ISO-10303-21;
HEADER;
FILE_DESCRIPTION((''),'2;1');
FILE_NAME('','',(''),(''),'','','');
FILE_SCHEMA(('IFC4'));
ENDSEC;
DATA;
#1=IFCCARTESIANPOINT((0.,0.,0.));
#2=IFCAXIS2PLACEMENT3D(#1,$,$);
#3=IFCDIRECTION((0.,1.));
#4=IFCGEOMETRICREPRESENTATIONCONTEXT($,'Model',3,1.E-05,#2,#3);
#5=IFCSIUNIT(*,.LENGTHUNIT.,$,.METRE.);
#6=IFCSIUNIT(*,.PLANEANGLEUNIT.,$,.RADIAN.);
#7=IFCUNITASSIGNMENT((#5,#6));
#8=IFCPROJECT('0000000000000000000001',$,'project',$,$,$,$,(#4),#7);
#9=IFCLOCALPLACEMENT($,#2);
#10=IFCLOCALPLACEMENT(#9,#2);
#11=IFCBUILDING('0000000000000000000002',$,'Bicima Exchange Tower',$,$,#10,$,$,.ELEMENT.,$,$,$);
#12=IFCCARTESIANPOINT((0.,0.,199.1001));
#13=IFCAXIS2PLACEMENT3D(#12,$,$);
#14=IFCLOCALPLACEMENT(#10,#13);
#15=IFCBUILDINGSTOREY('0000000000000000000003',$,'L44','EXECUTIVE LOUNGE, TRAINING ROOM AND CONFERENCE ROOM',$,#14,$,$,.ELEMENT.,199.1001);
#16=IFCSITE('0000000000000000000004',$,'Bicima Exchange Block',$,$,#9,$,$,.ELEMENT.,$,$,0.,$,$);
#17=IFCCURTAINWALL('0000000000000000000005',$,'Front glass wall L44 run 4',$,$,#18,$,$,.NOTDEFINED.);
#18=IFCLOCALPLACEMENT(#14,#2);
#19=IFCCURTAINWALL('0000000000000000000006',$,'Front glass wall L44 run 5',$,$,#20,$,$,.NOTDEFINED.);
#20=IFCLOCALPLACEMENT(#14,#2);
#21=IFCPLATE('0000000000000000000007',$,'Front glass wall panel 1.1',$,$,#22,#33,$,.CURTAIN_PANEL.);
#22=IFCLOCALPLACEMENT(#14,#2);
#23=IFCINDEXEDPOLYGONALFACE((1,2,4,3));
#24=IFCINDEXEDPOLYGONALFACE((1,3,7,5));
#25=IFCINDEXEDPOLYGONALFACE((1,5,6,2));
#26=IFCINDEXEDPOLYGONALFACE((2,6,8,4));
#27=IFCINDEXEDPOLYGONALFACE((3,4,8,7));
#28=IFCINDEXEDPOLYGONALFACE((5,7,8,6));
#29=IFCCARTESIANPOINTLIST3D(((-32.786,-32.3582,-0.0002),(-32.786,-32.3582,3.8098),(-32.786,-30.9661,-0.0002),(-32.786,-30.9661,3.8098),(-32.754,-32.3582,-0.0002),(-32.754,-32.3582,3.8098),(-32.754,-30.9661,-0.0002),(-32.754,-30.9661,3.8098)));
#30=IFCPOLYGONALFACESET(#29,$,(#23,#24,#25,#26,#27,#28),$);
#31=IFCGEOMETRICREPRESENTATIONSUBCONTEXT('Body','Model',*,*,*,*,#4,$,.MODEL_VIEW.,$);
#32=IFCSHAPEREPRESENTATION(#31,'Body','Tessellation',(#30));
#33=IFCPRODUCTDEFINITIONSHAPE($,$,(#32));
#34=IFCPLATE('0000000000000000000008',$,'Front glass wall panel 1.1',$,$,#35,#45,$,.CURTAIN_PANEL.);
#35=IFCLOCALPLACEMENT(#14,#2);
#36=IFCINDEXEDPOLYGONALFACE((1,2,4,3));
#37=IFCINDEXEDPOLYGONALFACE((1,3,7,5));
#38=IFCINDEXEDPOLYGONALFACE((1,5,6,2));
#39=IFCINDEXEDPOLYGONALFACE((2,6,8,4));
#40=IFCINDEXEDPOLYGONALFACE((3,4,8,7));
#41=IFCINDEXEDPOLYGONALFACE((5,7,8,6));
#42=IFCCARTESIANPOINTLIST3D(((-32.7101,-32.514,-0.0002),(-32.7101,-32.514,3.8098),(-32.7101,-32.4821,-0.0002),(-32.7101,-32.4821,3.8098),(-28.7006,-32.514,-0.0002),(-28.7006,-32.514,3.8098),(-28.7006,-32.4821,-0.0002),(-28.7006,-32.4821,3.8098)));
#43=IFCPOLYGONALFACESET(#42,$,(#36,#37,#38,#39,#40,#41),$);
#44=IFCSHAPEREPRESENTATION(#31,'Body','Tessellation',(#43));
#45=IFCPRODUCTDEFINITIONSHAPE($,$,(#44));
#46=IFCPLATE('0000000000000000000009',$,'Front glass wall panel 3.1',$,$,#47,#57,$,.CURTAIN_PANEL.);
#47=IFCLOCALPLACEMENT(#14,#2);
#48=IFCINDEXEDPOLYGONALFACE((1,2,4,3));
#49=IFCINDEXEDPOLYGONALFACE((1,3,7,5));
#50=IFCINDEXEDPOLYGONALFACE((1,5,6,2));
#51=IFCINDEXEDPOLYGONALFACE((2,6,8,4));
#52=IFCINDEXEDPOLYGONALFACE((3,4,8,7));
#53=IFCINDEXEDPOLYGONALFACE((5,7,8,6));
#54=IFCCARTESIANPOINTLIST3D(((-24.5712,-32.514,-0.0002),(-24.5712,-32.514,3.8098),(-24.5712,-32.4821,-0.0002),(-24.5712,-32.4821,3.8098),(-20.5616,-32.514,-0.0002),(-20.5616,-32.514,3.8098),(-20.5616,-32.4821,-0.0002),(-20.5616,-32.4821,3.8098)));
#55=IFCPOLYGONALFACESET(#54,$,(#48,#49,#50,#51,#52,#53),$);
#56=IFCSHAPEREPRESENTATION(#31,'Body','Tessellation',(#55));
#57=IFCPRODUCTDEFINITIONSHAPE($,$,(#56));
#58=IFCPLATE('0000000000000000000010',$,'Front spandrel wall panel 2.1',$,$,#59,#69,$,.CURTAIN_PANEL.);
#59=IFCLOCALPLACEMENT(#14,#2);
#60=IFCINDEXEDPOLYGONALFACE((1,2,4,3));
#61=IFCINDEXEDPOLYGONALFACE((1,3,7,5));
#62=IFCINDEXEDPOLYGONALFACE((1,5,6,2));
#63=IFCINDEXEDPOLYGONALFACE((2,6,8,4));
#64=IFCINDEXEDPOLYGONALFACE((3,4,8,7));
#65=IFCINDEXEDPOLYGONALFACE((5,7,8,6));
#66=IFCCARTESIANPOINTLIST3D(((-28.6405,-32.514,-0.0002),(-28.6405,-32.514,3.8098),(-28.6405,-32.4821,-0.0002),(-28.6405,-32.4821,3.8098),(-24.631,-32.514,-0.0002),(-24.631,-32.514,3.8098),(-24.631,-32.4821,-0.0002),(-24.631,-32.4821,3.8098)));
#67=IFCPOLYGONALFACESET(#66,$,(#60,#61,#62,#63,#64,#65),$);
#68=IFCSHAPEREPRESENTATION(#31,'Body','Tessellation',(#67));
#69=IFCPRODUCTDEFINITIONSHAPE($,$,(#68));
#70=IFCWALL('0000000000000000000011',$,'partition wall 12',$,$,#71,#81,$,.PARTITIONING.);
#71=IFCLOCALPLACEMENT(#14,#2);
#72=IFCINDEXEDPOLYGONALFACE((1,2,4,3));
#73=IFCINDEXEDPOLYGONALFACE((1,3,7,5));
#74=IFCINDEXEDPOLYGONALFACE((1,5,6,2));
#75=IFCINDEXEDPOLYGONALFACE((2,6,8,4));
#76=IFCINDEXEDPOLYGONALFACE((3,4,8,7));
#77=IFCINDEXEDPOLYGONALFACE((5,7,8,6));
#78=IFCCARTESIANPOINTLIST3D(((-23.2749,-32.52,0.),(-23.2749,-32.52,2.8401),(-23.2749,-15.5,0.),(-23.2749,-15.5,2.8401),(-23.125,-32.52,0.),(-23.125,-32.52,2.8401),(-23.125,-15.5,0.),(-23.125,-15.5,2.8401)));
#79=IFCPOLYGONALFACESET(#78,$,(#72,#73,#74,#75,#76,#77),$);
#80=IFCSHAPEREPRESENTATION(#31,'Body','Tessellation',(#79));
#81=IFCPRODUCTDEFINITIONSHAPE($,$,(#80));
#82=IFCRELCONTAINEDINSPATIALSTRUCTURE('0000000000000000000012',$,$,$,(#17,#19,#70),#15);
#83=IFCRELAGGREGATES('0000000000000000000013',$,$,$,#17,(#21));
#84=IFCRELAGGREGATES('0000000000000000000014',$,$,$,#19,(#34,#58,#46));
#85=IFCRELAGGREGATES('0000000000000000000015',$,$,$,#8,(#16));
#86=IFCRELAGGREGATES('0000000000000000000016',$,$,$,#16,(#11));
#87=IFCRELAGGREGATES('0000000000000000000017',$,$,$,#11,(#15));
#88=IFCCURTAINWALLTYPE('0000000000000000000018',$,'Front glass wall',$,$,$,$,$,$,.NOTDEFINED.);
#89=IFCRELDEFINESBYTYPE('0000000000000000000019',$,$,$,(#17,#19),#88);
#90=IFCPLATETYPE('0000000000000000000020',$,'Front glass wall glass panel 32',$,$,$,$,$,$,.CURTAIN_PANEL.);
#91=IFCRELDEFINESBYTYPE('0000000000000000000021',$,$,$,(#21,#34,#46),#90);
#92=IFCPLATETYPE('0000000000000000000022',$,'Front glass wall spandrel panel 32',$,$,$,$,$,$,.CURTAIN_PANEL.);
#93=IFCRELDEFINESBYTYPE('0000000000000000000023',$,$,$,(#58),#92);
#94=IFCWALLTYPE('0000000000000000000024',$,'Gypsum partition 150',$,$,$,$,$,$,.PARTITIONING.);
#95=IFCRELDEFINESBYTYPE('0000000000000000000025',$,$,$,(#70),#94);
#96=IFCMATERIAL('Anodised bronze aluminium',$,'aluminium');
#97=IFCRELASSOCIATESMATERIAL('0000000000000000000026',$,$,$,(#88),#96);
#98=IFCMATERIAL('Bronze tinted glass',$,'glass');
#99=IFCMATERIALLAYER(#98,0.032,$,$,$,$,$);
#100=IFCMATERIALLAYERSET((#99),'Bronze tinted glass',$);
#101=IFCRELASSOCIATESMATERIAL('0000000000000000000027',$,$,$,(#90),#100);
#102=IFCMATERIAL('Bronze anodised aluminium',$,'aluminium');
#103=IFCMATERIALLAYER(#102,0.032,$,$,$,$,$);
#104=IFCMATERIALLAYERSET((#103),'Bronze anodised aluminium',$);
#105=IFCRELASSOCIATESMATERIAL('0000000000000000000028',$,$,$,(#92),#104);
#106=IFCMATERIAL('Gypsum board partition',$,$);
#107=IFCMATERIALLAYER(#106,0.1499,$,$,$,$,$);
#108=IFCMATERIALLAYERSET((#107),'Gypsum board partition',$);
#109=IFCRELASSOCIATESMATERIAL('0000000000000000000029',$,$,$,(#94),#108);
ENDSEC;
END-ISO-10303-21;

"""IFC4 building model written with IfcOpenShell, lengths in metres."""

from ifc_helpers import new_model, si_unit, direction, frame, frame_2d, origin, origin_2d, place, context, subcontext, project, spatial, rectangle, extrude, material, layer, layer_set, type_object, element, aggregate, save


model = new_model("IFC4")

# Units and contexts
model_context = context("Model", 3, precision=1e-05, world=origin(), true_north=direction((0.0, 1.0)))
body_context = subcontext(model_context, "Body", "Model", "MODEL_VIEW")
ifc_project = project(units=[si_unit("LENGTHUNIT", "METRE"), si_unit("PLANEANGLEUNIT", "RADIAN")], contexts=[model_context])

# Site, building, storey
site_placement = place(None, origin())
site = spatial("IfcSite", under=ifc_project, at=site_placement, Name="Bicima Exchange Block", CompositionType="ELEMENT", RefElevation=0.0)
building_placement = place(site_placement, origin())
building = spatial("IfcBuilding", under=site, at=building_placement, Name="Bicima Exchange Tower", CompositionType="ELEMENT")
storey_placement = place(building_placement, frame((0.0, 0.0, 199.1001)))
storey = spatial("IfcBuildingStorey", under=building, at=storey_placement, Name="L44", Description="EXECUTIVE LOUNGE, TRAINING ROOM AND CONFERENCE ROOM", CompositionType="ELEMENT", Elevation=199.1001)

# Curtain walls
ifc_material_1 = material(Name="Anodised bronze aluminium", Category="aluminium")
curtain_wall_type = type_object("IfcCurtainWallType", Name="Front glass wall", PredefinedType="NOTDEFINED", material=ifc_material_1)
curtain_wall_1_placement = place(storey_placement, origin())
curtain_wall_1 = element("IfcCurtainWall", 1, at=curtain_wall_1_placement, inside=storey, type_object=curtain_wall_type, Name="Front glass wall L44 run 4", PredefinedType="NOTDEFINED")
curtain_wall_2_placement = place(storey_placement, origin())
curtain_wall_2 = element("IfcCurtainWall", 2, at=curtain_wall_2_placement, inside=storey, type_object=curtain_wall_type, Name="Front glass wall L44 run 5", PredefinedType="NOTDEFINED")

# Plates
ifc_material_2 = material(Name="Bronze tinted glass", Category="glass")
ifc_layer_1 = layer(ifc_material_2, 0.032)
ifc_layer_set_1 = layer_set([ifc_layer_1], Name="Bronze tinted glass")
plate_type_1 = type_object("IfcPlateType", Name="Front glass wall glass panel 32", PredefinedType="CURTAIN_PANEL", material=ifc_layer_set_1)
plate_1_placement = place(storey_placement, frame((-32.77, -31.6621, -0.0002), z_axis=(0.0, 0.0, 1.0), x_axis=(0.0, -1.0, 0.0)))
plate_1 = element("IfcPlate", 3, at=plate_1_placement, type_object=plate_type_1, Name="Front glass wall panel 1.1", PredefinedType="CURTAIN_PANEL", context=body_context, shape_type="SweptSolid", body=[
    extrude(rectangle(XDim=1.3921, YDim=0.032, at=origin_2d()), origin(), (0.0, 0.0, 1.0), 3.8101),
])
aggregate(curtain_wall_1, [plate_1])
plate_2_placement = place(storey_placement, frame((-30.7053, -32.498, -0.0002), z_axis=(0.0, 0.0, 1.0), x_axis=(1.0, 0.0, 0.0)))
plate_2 = element("IfcPlate", 4, at=plate_2_placement, type_object=plate_type_1, Name="Front glass wall panel 1.1", PredefinedType="CURTAIN_PANEL", context=body_context, shape_type="SweptSolid", body=[
    extrude(rectangle(XDim=4.0095, YDim=0.032, at=origin_2d()), origin(), (0.0, 0.0, 1.0), 3.8101),
])
plate_3_placement = place(storey_placement, frame((-22.5664, -32.498, -0.0002), z_axis=(0.0, 0.0, 1.0), x_axis=(1.0, 0.0, 0.0)))
plate_3 = element("IfcPlate", 5, at=plate_3_placement, type_object=plate_type_1, Name="Front glass wall panel 3.1", PredefinedType="CURTAIN_PANEL", context=body_context, shape_type="SweptSolid", body=[
    extrude(rectangle(XDim=4.0095, YDim=0.032, at=origin_2d()), origin(), (0.0, 0.0, 1.0), 3.8101),
])
ifc_material_3 = material(Name="Bronze anodised aluminium", Category="aluminium")
ifc_layer_2 = layer(ifc_material_3, 0.032)
ifc_layer_set_2 = layer_set([ifc_layer_2], Name="Bronze anodised aluminium")
plate_type_2 = type_object("IfcPlateType", Name="Front glass wall spandrel panel 32", PredefinedType="CURTAIN_PANEL", material=ifc_layer_set_2)
plate_4_placement = place(storey_placement, frame((-26.6357, -32.498, -0.0002), z_axis=(0.0, 0.0, 1.0), x_axis=(1.0, 0.0, 0.0)))
plate_4 = element("IfcPlate", 6, at=plate_4_placement, type_object=plate_type_2, Name="Front spandrel wall panel 2.1", PredefinedType="CURTAIN_PANEL", context=body_context, shape_type="SweptSolid", body=[
    extrude(rectangle(XDim=4.0095, YDim=0.032, at=origin_2d()), origin(), (0.0, 0.0, 1.0), 3.8101),
])
aggregate(curtain_wall_2, [plate_2, plate_4, plate_3])

# Wall
ifc_material_4 = material(Name="Gypsum board partition")
ifc_layer_3 = layer(ifc_material_4, 0.1499)
ifc_layer_set_3 = layer_set([ifc_layer_3], Name="Gypsum board partition")
wall_type = type_object("IfcWallType", Name="Gypsum partition 150", PredefinedType="PARTITIONING", material=ifc_layer_set_3)
wall_placement = place(storey_placement, frame((-23.2, -32.52, 0.0), z_axis=(0.0, 0.0, 1.0), x_axis=(0.0, 1.0, 0.0)))
element("IfcWall", 7, at=wall_placement, inside=storey, type_object=wall_type, Name="partition wall 12", PredefinedType="PARTITIONING", context=body_context, shape_type="SweptSolid", body=[
    extrude(rectangle(XDim=17.02, YDim=0.1499, at=frame_2d((8.51, 0.0))), origin(), (0.0, 0.0, 1.0), 2.8401),
])

save(model, "model.ifc")
